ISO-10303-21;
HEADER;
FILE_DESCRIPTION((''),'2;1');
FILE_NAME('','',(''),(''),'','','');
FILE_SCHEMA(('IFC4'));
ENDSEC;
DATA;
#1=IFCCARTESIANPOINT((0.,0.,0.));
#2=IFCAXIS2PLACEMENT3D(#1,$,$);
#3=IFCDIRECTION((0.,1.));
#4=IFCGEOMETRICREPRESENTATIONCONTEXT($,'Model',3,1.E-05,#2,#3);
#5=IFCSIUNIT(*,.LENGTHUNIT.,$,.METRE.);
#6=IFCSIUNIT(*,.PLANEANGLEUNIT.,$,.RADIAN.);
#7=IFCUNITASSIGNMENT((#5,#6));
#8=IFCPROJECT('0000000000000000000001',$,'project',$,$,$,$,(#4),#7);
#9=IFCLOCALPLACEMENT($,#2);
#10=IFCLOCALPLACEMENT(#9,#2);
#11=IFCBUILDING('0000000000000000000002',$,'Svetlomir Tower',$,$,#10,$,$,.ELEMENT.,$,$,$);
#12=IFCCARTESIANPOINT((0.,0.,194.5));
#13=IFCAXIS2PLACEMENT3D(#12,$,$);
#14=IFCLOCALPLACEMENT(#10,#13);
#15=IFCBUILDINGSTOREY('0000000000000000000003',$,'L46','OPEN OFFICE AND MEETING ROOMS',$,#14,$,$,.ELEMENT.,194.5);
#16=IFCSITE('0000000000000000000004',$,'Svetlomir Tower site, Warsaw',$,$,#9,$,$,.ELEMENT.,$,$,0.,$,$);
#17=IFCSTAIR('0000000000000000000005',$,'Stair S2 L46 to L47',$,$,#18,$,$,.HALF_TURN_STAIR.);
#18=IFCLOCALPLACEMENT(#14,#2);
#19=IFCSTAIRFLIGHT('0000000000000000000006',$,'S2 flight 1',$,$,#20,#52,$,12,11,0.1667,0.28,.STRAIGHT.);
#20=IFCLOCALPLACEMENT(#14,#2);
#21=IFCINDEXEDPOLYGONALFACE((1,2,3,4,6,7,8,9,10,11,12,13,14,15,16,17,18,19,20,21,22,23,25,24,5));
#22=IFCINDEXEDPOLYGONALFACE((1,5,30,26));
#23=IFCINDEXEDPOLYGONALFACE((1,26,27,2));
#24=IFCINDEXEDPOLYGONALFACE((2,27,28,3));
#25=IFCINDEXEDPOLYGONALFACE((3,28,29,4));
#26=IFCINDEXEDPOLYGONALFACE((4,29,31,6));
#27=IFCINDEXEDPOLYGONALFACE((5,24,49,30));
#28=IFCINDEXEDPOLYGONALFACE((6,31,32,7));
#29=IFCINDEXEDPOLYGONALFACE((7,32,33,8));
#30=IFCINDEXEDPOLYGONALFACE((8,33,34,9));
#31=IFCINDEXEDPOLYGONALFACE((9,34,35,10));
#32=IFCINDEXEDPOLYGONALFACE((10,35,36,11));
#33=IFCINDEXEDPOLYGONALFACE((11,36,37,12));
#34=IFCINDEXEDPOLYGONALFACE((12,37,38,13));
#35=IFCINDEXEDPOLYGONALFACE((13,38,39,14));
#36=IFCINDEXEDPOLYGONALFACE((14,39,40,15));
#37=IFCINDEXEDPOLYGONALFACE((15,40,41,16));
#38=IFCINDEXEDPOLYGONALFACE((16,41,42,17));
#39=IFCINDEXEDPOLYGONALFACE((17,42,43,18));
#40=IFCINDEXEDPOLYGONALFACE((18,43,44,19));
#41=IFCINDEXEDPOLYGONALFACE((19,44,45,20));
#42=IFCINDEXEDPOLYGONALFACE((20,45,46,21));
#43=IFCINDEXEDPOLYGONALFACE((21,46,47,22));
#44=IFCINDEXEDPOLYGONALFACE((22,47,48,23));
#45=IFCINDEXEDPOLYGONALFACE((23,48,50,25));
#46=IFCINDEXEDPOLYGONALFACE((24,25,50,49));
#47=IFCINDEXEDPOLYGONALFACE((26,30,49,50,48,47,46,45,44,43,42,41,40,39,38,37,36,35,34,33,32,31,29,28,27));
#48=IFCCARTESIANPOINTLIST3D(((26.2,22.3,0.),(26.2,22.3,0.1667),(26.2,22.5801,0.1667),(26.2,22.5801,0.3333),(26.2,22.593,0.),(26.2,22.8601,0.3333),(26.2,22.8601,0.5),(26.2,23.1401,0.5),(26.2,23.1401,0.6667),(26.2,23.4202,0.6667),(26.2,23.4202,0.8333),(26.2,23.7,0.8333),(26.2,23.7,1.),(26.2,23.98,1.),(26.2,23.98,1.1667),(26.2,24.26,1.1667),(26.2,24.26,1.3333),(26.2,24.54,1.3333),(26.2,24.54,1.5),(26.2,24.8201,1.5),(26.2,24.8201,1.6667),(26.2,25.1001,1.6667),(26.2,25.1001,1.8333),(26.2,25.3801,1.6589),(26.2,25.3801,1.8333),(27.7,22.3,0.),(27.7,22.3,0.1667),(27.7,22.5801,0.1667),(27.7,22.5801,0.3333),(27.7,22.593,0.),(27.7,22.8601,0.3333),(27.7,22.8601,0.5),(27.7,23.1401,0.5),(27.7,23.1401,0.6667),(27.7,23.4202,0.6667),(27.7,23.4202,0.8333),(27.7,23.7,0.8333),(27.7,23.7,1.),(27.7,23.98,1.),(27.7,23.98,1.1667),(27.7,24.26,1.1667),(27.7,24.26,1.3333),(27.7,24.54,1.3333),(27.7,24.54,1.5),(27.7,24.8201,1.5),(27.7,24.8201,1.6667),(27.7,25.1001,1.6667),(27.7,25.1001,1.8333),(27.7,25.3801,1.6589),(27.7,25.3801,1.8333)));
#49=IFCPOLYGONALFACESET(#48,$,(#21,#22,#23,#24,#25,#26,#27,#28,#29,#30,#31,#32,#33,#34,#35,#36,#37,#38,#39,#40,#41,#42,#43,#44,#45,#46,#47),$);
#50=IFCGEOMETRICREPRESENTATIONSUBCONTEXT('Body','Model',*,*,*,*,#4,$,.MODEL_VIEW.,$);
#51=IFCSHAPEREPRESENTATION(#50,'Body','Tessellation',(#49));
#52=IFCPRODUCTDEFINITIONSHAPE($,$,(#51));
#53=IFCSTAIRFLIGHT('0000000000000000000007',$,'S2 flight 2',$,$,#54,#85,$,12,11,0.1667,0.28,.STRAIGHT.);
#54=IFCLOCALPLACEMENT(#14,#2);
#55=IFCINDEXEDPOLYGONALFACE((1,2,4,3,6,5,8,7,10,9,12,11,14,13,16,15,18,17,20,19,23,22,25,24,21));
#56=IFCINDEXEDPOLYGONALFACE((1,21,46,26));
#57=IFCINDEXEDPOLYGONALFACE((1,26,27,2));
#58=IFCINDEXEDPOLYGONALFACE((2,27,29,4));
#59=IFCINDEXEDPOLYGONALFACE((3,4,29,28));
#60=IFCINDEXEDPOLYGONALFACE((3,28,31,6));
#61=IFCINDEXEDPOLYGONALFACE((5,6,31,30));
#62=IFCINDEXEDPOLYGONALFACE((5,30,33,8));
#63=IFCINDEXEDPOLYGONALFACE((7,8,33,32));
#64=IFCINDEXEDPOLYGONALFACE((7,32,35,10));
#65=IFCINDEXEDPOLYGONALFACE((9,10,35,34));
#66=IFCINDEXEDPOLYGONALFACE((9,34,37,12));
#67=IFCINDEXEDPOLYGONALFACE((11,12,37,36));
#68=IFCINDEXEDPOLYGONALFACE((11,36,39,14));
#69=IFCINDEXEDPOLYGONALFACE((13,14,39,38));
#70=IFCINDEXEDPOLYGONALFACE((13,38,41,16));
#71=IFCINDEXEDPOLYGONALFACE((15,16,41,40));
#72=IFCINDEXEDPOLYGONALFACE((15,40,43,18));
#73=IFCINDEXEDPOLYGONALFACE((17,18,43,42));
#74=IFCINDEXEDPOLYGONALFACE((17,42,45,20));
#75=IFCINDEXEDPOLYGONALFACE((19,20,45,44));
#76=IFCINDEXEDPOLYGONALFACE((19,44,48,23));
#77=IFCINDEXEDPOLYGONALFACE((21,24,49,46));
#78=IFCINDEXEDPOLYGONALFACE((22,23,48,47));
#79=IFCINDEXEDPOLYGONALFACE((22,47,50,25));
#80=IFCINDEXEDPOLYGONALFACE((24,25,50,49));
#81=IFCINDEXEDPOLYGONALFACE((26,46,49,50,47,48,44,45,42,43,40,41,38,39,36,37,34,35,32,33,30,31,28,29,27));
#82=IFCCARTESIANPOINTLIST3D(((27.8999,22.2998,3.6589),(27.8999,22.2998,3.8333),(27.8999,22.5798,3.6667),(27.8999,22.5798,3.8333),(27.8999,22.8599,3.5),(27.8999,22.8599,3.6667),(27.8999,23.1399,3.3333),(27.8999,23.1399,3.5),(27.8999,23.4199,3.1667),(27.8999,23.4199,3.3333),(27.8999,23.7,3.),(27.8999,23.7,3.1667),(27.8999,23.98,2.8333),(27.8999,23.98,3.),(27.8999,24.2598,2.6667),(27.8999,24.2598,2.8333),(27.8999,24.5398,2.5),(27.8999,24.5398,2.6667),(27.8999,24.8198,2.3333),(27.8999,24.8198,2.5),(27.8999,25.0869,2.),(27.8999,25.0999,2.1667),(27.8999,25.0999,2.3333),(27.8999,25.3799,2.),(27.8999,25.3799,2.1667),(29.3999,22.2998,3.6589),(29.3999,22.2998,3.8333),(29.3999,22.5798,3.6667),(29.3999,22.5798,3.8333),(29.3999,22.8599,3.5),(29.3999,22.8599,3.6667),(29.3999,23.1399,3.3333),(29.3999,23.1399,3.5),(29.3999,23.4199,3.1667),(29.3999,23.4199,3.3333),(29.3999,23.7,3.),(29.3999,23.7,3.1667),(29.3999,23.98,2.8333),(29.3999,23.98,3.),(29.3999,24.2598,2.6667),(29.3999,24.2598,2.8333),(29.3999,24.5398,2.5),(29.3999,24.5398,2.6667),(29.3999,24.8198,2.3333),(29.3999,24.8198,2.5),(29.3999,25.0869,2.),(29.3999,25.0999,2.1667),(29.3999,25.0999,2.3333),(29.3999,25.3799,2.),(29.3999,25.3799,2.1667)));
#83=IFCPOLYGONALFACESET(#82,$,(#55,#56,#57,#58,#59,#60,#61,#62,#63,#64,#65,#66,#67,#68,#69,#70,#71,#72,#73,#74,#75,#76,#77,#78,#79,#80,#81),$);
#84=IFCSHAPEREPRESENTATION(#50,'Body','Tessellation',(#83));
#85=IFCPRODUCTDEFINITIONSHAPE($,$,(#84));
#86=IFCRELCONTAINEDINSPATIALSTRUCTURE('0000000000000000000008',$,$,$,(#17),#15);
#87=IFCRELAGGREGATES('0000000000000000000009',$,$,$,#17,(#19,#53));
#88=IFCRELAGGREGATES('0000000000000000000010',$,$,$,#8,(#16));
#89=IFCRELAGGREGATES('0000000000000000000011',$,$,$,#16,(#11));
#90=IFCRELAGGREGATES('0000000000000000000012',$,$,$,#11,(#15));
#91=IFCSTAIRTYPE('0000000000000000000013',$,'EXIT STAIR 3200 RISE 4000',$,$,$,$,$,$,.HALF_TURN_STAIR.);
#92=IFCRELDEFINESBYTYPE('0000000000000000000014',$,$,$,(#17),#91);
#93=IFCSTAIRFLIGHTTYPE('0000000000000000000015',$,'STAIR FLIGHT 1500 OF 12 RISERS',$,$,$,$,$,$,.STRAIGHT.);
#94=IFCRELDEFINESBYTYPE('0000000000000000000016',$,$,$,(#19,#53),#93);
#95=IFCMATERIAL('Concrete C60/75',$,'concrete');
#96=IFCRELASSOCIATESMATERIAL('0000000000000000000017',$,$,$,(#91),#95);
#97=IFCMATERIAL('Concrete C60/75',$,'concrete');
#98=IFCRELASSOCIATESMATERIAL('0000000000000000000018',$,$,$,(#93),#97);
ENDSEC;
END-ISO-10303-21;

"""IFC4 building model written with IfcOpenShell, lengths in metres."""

from ifc_helpers import new_model, si_unit, direction, frame, origin, place, context, subcontext, project, spatial, polyline, outline, extrude, material, type_object, element, aggregate, save


model = new_model("IFC4")

# Units and contexts
model_context = context("Model", 3, precision=1e-05, world=origin(), true_north=direction((0.0, 1.0)))
body_context = subcontext(model_context, "Body", "Model", "MODEL_VIEW")
ifc_project = project(units=[si_unit("LENGTHUNIT", "METRE"), si_unit("PLANEANGLEUNIT", "RADIAN")], contexts=[model_context])

# Site, building, storey
site_placement = place(None, origin())
site = spatial("IfcSite", under=ifc_project, at=site_placement, Name="Svetlomir Tower site, Warsaw", CompositionType="ELEMENT", RefElevation=0.0)
building_placement = place(site_placement, origin())
building = spatial("IfcBuilding", under=site, at=building_placement, Name="Svetlomir Tower", CompositionType="ELEMENT")
storey_placement = place(building_placement, frame((0.0, 0.0, 194.5)))
storey = spatial("IfcBuildingStorey", under=building, at=storey_placement, Name="L46", Description="OPEN OFFICE AND MEETING ROOMS", CompositionType="ELEMENT", Elevation=194.5)

# Stair, stair flights
ifc_material_1 = material(Name="Concrete C60/75", Category="concrete")
stair_type = type_object("IfcStairType", Name="EXIT STAIR 3200 RISE 4000", PredefinedType="HALF_TURN_STAIR", material=ifc_material_1)
stair_placement = place(storey_placement, origin())
stair = element("IfcStair", 1, at=stair_placement, inside=storey, type_object=stair_type, Name="Stair S2 L46 to L47", PredefinedType="HALF_TURN_STAIR")
ifc_material_2 = material(Name="Concrete C60/75", Category="concrete")
stair_flight_type = type_object("IfcStairFlightType", Name="STAIR FLIGHT 1500 OF 12 RISERS", PredefinedType="STRAIGHT", material=ifc_material_2)
stair_flight_1_placement = place(storey_placement, frame((26.95, 22.3, 0.0), z_axis=(0.0, 0.0, 1.0), x_axis=(0.0, 1.0, 0.0)))
stair_flight_1 = element("IfcStairFlight", 2, at=stair_flight_1_placement, type_object=stair_flight_type, Name="S2 flight 1", NumberOfRisers=12, NumberOfTreads=11, PredefinedType="STRAIGHT", RiserHeight=0.1667, TreadLength=0.28, context=body_context, shape_type="SweptSolid", body=[
    extrude(outline(polyline([(0.0, 0.0), (0.0, 0.1667), (0.28, 0.1667), (0.28, 0.3333), (0.5601, 0.3333), (0.5601, 0.5), (0.8401, 0.5), (0.8401, 0.6667), (1.1201, 0.6667), (1.1201, 0.8333), (1.3999, 0.8333), (1.3999, 1.0), (1.6799, 1.0), (1.6799, 1.1667), (1.96, 1.1667), (1.96, 1.3333), (2.24, 1.3333), (2.24, 1.5), (2.52, 1.5), (2.52, 1.6667), (2.8, 1.6667), (2.8, 1.8333), (3.0801, 1.8333), (3.0801, 2.0), (3.0801, 1.6589), (0.293, 0.0), (0.0, 0.0)])), frame((0.0, 0.75, 0.0), z_axis=(0.0, -1.0, 0.0), x_axis=(1.0, 0.0, 0.0)), (0.0, 0.0, 1.0), 1.5),
])
stair_flight_2_placement = place(storey_placement, frame((28.6499, 25.3799, 2.0), z_axis=(0.0, 0.0, 1.0), x_axis=(0.0, -1.0, 0.0)))
stair_flight_2 = element("IfcStairFlight", 3, at=stair_flight_2_placement, type_object=stair_flight_type, Name="S2 flight 2", NumberOfRisers=12, NumberOfTreads=11, PredefinedType="STRAIGHT", RiserHeight=0.1667, TreadLength=0.28, context=body_context, shape_type="SweptSolid", body=[
    extrude(outline(polyline([(0.0, 0.0), (0.0, 0.1667), (0.28, 0.1667), (0.28, 0.3333), (0.5601, 0.3333), (0.5601, 0.5), (0.8401, 0.5), (0.8401, 0.6667), (1.1201, 0.6667), (1.1201, 0.8333), (1.3999, 0.8333), (1.3999, 1.0), (1.6799, 1.0), (1.6799, 1.1667), (1.96, 1.1667), (1.96, 1.3333), (2.24, 1.3333), (2.24, 1.5), (2.52, 1.5), (2.52, 1.6667), (2.8, 1.6667), (2.8, 1.8333), (3.0801, 1.8333), (3.0801, 2.0), (3.0801, 1.6589), (0.293, 0.0), (0.0, 0.0)])), frame((0.0, 0.75, 0.0), z_axis=(0.0, -1.0, 0.0), x_axis=(1.0, 0.0, 0.0)), (0.0, 0.0, 1.0), 1.5),
])
aggregate(stair, [stair_flight_1, stair_flight_2])

save(model, "model.ifc")
